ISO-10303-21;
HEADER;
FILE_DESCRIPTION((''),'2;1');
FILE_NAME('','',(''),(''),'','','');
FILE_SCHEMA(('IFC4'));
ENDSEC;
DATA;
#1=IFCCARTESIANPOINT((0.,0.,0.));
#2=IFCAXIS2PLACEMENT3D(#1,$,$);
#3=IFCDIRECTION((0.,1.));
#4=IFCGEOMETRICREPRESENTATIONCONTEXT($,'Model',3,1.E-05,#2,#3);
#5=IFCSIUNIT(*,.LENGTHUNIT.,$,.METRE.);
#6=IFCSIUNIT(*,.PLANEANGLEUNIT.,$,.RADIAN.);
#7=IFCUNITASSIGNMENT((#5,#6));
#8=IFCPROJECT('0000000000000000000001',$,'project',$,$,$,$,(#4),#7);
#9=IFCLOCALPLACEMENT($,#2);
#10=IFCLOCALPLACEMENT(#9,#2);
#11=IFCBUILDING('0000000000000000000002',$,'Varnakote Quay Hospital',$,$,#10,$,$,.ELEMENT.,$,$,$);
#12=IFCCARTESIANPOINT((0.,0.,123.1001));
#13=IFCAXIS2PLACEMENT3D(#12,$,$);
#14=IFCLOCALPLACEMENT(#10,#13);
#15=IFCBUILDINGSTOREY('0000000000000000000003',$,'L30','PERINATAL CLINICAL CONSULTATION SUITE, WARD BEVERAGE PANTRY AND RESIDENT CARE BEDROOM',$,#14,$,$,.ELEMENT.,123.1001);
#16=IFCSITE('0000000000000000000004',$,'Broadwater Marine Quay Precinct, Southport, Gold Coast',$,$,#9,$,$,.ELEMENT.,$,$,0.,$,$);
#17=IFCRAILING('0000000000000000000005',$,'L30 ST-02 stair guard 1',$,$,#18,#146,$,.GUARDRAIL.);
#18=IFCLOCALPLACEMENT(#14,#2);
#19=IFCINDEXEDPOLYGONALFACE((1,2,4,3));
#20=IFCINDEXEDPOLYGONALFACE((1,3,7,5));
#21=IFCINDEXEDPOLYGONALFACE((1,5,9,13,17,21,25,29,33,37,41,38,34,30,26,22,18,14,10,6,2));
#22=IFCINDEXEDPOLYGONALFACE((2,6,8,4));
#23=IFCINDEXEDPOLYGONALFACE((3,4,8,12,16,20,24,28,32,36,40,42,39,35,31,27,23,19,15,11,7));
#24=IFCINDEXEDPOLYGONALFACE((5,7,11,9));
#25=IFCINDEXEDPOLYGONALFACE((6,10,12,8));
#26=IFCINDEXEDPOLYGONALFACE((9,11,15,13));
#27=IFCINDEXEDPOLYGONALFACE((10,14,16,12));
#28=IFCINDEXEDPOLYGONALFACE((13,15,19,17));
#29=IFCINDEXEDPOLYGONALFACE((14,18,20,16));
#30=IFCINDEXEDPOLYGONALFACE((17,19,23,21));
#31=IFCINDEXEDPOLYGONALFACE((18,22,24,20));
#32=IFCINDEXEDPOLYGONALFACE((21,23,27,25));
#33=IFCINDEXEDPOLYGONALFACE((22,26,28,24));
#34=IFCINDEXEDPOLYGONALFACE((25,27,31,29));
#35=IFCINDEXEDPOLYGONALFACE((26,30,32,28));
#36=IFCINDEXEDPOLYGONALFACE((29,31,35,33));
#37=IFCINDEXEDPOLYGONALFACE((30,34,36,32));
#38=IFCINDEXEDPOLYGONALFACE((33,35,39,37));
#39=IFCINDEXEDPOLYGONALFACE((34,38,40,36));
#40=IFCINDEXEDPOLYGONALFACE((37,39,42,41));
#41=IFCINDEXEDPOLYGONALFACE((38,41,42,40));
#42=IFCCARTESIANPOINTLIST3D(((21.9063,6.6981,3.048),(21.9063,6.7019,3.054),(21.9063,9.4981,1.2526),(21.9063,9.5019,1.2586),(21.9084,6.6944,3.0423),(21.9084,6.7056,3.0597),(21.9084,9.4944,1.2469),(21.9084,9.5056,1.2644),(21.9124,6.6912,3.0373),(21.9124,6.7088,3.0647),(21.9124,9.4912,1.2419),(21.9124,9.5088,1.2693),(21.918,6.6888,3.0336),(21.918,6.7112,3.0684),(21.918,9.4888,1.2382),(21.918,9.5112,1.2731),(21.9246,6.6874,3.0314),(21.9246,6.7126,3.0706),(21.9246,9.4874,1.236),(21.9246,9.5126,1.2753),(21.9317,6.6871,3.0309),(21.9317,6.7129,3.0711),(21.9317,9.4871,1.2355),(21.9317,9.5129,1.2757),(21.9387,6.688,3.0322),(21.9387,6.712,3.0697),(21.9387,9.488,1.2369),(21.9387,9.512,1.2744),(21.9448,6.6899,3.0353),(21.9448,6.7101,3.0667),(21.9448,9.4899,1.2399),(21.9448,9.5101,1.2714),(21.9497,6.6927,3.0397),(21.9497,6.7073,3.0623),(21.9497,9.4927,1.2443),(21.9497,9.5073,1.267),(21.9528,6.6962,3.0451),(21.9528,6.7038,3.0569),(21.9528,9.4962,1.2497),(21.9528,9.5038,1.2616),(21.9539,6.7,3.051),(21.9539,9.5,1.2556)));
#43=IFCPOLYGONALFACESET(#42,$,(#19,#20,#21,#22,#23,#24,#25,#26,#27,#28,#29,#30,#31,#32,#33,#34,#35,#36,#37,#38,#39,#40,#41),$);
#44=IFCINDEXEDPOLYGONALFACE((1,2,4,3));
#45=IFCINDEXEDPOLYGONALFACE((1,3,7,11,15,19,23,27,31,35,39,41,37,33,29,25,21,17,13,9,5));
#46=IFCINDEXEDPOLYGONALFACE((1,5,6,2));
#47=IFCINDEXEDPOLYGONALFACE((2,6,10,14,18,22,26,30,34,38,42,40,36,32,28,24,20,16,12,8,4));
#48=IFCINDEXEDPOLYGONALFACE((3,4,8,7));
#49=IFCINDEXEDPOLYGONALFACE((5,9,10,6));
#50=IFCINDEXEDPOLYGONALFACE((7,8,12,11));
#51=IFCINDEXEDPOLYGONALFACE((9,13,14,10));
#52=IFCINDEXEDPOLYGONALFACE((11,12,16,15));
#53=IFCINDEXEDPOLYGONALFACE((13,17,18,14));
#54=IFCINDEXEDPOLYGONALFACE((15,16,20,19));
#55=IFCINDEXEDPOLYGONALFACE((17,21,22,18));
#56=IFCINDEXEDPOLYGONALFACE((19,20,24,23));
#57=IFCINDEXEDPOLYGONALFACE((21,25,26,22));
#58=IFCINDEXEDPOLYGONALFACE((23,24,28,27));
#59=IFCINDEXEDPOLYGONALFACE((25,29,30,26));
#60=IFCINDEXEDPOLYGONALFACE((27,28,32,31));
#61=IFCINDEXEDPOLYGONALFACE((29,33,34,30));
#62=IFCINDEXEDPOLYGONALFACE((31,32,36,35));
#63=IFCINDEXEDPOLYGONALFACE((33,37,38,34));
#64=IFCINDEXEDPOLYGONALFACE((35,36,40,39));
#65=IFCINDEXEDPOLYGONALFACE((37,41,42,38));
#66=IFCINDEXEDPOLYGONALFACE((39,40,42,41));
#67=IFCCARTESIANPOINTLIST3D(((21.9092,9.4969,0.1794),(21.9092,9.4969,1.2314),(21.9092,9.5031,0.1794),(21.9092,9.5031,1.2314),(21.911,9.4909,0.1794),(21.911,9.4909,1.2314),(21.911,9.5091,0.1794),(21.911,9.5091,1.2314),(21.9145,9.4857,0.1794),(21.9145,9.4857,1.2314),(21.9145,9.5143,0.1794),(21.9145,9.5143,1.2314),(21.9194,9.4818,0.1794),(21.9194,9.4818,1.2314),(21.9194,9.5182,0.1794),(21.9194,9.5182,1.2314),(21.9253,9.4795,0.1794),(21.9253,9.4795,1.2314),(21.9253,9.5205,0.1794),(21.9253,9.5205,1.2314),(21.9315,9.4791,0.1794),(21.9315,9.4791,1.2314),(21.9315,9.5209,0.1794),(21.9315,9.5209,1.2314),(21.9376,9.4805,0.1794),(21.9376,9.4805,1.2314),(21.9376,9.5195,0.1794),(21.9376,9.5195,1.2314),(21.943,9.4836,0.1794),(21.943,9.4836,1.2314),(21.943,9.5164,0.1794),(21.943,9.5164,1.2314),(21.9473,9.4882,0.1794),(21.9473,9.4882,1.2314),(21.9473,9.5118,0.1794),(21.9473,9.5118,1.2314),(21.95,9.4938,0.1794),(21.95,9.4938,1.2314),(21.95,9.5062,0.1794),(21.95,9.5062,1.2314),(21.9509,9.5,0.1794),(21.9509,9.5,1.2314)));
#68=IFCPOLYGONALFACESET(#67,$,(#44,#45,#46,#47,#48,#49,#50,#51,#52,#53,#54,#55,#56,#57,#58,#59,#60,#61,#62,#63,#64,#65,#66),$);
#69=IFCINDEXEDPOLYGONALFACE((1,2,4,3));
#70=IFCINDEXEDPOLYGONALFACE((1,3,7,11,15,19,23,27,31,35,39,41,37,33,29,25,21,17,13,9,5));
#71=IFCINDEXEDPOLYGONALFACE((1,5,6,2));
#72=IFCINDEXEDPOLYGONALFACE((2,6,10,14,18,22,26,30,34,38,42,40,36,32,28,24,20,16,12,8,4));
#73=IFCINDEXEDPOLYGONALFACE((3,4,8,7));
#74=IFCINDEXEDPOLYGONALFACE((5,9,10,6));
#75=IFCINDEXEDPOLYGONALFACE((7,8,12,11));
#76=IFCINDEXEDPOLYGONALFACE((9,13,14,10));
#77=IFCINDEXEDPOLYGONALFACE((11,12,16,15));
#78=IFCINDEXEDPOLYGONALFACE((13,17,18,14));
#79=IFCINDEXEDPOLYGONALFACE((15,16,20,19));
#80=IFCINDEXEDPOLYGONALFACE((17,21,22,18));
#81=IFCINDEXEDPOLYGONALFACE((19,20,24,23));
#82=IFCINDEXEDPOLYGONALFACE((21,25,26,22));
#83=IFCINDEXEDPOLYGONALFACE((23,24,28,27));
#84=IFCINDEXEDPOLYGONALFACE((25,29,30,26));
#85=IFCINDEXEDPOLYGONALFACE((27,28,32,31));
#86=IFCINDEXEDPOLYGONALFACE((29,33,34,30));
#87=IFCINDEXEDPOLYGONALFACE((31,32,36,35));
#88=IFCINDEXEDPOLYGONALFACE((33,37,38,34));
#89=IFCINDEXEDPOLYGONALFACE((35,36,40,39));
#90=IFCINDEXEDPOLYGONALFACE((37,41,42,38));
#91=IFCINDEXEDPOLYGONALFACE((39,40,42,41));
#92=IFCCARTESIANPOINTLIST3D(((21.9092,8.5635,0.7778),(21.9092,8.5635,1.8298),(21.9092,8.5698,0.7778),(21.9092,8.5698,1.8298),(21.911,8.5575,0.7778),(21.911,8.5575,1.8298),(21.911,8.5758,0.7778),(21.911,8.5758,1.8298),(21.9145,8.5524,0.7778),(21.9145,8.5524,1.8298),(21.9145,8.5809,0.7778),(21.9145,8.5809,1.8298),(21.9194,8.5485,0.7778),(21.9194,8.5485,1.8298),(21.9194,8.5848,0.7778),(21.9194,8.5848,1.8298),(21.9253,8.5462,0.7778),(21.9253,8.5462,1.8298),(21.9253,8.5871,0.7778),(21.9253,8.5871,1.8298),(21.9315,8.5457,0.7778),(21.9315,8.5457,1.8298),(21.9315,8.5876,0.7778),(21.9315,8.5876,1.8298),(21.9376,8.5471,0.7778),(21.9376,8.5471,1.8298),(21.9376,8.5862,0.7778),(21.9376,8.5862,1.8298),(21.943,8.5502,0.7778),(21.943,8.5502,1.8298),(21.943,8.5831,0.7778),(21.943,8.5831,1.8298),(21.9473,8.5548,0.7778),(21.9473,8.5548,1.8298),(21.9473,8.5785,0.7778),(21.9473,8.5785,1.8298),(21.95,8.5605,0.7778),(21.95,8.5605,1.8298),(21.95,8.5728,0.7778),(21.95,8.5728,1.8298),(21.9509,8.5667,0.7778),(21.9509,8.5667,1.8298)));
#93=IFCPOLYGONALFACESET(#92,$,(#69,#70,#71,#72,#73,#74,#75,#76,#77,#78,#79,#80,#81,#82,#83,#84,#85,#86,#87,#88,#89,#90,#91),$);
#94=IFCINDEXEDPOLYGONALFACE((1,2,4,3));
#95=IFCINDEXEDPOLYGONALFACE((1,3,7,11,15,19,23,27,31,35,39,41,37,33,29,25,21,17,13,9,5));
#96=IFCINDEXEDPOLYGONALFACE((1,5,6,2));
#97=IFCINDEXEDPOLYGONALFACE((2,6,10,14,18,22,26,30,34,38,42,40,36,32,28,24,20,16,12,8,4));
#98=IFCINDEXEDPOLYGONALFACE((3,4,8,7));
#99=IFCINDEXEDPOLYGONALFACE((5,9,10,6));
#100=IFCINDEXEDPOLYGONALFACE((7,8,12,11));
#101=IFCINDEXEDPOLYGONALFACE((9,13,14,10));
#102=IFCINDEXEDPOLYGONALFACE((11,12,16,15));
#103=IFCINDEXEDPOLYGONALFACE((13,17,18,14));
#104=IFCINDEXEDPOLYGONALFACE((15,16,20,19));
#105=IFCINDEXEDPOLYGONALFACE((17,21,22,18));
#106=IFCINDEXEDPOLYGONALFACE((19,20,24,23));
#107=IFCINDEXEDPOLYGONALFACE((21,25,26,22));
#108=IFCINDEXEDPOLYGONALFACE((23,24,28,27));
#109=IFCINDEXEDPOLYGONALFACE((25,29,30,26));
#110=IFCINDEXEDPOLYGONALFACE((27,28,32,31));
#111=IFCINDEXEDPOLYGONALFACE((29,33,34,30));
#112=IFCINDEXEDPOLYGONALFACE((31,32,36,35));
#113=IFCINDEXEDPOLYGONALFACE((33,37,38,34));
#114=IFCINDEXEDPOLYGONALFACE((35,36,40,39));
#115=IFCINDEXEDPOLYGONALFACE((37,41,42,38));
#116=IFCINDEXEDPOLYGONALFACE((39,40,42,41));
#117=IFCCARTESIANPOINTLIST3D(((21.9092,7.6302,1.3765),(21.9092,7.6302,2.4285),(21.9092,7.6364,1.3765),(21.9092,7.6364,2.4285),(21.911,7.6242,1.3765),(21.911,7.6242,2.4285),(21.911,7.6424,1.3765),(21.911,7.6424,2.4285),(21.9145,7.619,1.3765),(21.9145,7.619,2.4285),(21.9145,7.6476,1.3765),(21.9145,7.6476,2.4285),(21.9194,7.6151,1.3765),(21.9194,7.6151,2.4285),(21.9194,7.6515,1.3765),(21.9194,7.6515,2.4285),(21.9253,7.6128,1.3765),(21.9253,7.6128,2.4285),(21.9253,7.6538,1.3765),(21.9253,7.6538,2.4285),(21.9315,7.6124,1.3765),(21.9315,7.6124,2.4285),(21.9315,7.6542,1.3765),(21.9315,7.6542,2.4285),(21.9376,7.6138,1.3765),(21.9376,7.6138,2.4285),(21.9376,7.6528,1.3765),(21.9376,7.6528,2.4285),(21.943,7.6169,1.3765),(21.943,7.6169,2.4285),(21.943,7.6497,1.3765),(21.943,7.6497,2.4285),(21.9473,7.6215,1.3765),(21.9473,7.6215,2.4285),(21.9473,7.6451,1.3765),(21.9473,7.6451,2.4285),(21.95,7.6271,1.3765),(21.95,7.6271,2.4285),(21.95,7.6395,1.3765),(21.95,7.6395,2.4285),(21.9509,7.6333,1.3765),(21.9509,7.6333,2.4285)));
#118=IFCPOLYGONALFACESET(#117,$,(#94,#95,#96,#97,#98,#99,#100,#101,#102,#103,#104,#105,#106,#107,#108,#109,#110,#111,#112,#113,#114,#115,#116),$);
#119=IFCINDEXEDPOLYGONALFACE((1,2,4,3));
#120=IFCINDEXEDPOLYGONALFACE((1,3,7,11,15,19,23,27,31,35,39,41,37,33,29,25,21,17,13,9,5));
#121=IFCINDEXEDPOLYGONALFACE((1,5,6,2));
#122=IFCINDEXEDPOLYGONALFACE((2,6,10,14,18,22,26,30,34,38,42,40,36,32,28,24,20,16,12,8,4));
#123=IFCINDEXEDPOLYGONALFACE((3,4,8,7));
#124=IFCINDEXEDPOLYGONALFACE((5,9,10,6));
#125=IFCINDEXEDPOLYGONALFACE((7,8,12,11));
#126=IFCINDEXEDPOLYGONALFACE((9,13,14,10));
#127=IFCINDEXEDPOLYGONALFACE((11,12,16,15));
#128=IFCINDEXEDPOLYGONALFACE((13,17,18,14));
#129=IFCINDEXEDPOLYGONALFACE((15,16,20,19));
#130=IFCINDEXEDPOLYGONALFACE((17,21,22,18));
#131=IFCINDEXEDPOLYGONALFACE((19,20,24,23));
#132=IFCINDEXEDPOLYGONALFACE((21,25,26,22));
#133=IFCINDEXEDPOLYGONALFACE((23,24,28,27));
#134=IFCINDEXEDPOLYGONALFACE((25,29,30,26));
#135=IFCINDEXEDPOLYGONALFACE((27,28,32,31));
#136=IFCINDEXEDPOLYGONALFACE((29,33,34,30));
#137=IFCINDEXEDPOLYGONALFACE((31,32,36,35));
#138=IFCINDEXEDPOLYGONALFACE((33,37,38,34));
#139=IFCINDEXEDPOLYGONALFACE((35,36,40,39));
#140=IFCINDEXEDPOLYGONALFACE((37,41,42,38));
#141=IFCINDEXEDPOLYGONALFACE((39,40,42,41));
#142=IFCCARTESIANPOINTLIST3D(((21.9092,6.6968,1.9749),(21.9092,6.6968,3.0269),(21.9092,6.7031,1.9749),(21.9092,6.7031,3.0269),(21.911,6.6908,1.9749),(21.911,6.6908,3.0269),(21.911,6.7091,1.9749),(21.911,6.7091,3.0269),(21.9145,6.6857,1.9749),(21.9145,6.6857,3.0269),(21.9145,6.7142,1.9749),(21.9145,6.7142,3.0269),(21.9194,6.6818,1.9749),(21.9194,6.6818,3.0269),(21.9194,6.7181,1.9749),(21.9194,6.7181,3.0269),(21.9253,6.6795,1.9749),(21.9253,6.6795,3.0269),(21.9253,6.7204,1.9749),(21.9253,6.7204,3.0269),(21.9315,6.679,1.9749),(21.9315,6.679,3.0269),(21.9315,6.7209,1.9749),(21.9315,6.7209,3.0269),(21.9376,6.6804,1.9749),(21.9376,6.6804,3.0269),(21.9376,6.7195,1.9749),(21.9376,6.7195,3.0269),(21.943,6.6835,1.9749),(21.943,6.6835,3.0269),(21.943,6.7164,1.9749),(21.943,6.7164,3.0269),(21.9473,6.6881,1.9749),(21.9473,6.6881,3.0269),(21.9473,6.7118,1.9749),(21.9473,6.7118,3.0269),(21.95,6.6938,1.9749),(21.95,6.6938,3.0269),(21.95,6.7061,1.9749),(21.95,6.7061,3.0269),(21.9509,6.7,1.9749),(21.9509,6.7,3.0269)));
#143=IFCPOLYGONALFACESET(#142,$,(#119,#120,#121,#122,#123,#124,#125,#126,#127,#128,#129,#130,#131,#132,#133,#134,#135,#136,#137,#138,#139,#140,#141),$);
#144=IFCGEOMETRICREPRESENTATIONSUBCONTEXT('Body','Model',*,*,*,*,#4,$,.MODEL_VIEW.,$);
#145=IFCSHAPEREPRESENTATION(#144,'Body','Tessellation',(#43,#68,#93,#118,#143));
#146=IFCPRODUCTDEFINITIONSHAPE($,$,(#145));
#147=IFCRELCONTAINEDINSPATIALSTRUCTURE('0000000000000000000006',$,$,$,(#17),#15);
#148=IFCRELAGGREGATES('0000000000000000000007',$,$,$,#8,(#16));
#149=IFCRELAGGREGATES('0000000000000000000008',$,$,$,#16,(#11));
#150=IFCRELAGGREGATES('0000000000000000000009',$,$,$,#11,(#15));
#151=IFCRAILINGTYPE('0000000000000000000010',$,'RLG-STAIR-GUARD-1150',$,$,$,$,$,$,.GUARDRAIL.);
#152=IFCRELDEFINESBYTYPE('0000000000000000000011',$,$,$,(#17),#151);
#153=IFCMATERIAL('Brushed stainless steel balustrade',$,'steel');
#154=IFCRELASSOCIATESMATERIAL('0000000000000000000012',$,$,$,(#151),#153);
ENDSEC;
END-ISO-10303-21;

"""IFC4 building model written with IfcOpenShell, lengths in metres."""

from ifc_helpers import new_model, si_unit, direction, frame, origin, origin_2d, place, context, subcontext, project, spatial, circle, extrude, material, type_object, element, save


model = new_model("IFC4")

# Units and contexts
model_context = context("Model", 3, precision=1e-05, world=origin(), true_north=direction((0.0, 1.0)))
body_context = subcontext(model_context, "Body", "Model", "MODEL_VIEW")
ifc_project = project(units=[si_unit("LENGTHUNIT", "METRE"), si_unit("PLANEANGLEUNIT", "RADIAN")], contexts=[model_context])

# Site, building, storey
site_placement = place(None, origin())
site = spatial("IfcSite", under=ifc_project, at=site_placement, Name="Broadwater Marine Quay Precinct, Southport, Gold Coast", CompositionType="ELEMENT", RefElevation=0.0)
building_placement = place(site_placement, origin())
building = spatial("IfcBuilding", under=site, at=building_placement, Name="Varnakote Quay Hospital", CompositionType="ELEMENT")
storey_placement = place(building_placement, frame((0.0, 0.0, 123.1001)))
storey = spatial("IfcBuildingStorey", under=building, at=storey_placement, Name="L30", Description="PERINATAL CLINICAL CONSULTATION SUITE, WARD BEVERAGE PANTRY AND RESIDENT CARE BEDROOM", CompositionType="ELEMENT", Elevation=123.1001)

# Railing
ifc_material_1 = material(Name="Brushed stainless steel balustrade", Category="steel")
railing_type_1 = type_object("IfcRailingType", Name="RLG-STAIR-GUARD-1150", PredefinedType="GUARDRAIL", material=ifc_material_1)
railing_1_placement = place(storey_placement, frame((21.9299, 9.5, 0.1794)))
element("IfcRailing", 1, at=railing_1_placement, inside=storey, type_object=railing_type_1, Name="L30 ST-02 stair guard 1", PredefinedType="GUARDRAIL", context=body_context, shape_type="SweptSolid", body=[
    extrude(circle(Radius=0.0239, at=origin_2d()), frame((0.0, 0.0, 1.0762), z_axis=(0.0, -0.84181, 0.539774), x_axis=(1.0, 0.0, 0.0)), (0.0, 0.0, 1.0), 3.3262),
    extrude(circle(Radius=0.021, at=origin_2d()), origin(), (0.0, 0.0, 1.0), 1.052),
    extrude(circle(Radius=0.021, at=origin_2d()), frame((0.0, -0.9333, 0.5984)), (0.0, 0.0, 1.0), 1.052),
    extrude(circle(Radius=0.021, at=origin_2d()), frame((0.0, -1.8667, 1.197)), (0.0, 0.0, 1.0), 1.052),
    extrude(circle(Radius=0.021, at=origin_2d()), frame((0.0, -2.8, 1.7954)), (0.0, 0.0, 1.0), 1.052),
])

save(model, "model.ifc")
